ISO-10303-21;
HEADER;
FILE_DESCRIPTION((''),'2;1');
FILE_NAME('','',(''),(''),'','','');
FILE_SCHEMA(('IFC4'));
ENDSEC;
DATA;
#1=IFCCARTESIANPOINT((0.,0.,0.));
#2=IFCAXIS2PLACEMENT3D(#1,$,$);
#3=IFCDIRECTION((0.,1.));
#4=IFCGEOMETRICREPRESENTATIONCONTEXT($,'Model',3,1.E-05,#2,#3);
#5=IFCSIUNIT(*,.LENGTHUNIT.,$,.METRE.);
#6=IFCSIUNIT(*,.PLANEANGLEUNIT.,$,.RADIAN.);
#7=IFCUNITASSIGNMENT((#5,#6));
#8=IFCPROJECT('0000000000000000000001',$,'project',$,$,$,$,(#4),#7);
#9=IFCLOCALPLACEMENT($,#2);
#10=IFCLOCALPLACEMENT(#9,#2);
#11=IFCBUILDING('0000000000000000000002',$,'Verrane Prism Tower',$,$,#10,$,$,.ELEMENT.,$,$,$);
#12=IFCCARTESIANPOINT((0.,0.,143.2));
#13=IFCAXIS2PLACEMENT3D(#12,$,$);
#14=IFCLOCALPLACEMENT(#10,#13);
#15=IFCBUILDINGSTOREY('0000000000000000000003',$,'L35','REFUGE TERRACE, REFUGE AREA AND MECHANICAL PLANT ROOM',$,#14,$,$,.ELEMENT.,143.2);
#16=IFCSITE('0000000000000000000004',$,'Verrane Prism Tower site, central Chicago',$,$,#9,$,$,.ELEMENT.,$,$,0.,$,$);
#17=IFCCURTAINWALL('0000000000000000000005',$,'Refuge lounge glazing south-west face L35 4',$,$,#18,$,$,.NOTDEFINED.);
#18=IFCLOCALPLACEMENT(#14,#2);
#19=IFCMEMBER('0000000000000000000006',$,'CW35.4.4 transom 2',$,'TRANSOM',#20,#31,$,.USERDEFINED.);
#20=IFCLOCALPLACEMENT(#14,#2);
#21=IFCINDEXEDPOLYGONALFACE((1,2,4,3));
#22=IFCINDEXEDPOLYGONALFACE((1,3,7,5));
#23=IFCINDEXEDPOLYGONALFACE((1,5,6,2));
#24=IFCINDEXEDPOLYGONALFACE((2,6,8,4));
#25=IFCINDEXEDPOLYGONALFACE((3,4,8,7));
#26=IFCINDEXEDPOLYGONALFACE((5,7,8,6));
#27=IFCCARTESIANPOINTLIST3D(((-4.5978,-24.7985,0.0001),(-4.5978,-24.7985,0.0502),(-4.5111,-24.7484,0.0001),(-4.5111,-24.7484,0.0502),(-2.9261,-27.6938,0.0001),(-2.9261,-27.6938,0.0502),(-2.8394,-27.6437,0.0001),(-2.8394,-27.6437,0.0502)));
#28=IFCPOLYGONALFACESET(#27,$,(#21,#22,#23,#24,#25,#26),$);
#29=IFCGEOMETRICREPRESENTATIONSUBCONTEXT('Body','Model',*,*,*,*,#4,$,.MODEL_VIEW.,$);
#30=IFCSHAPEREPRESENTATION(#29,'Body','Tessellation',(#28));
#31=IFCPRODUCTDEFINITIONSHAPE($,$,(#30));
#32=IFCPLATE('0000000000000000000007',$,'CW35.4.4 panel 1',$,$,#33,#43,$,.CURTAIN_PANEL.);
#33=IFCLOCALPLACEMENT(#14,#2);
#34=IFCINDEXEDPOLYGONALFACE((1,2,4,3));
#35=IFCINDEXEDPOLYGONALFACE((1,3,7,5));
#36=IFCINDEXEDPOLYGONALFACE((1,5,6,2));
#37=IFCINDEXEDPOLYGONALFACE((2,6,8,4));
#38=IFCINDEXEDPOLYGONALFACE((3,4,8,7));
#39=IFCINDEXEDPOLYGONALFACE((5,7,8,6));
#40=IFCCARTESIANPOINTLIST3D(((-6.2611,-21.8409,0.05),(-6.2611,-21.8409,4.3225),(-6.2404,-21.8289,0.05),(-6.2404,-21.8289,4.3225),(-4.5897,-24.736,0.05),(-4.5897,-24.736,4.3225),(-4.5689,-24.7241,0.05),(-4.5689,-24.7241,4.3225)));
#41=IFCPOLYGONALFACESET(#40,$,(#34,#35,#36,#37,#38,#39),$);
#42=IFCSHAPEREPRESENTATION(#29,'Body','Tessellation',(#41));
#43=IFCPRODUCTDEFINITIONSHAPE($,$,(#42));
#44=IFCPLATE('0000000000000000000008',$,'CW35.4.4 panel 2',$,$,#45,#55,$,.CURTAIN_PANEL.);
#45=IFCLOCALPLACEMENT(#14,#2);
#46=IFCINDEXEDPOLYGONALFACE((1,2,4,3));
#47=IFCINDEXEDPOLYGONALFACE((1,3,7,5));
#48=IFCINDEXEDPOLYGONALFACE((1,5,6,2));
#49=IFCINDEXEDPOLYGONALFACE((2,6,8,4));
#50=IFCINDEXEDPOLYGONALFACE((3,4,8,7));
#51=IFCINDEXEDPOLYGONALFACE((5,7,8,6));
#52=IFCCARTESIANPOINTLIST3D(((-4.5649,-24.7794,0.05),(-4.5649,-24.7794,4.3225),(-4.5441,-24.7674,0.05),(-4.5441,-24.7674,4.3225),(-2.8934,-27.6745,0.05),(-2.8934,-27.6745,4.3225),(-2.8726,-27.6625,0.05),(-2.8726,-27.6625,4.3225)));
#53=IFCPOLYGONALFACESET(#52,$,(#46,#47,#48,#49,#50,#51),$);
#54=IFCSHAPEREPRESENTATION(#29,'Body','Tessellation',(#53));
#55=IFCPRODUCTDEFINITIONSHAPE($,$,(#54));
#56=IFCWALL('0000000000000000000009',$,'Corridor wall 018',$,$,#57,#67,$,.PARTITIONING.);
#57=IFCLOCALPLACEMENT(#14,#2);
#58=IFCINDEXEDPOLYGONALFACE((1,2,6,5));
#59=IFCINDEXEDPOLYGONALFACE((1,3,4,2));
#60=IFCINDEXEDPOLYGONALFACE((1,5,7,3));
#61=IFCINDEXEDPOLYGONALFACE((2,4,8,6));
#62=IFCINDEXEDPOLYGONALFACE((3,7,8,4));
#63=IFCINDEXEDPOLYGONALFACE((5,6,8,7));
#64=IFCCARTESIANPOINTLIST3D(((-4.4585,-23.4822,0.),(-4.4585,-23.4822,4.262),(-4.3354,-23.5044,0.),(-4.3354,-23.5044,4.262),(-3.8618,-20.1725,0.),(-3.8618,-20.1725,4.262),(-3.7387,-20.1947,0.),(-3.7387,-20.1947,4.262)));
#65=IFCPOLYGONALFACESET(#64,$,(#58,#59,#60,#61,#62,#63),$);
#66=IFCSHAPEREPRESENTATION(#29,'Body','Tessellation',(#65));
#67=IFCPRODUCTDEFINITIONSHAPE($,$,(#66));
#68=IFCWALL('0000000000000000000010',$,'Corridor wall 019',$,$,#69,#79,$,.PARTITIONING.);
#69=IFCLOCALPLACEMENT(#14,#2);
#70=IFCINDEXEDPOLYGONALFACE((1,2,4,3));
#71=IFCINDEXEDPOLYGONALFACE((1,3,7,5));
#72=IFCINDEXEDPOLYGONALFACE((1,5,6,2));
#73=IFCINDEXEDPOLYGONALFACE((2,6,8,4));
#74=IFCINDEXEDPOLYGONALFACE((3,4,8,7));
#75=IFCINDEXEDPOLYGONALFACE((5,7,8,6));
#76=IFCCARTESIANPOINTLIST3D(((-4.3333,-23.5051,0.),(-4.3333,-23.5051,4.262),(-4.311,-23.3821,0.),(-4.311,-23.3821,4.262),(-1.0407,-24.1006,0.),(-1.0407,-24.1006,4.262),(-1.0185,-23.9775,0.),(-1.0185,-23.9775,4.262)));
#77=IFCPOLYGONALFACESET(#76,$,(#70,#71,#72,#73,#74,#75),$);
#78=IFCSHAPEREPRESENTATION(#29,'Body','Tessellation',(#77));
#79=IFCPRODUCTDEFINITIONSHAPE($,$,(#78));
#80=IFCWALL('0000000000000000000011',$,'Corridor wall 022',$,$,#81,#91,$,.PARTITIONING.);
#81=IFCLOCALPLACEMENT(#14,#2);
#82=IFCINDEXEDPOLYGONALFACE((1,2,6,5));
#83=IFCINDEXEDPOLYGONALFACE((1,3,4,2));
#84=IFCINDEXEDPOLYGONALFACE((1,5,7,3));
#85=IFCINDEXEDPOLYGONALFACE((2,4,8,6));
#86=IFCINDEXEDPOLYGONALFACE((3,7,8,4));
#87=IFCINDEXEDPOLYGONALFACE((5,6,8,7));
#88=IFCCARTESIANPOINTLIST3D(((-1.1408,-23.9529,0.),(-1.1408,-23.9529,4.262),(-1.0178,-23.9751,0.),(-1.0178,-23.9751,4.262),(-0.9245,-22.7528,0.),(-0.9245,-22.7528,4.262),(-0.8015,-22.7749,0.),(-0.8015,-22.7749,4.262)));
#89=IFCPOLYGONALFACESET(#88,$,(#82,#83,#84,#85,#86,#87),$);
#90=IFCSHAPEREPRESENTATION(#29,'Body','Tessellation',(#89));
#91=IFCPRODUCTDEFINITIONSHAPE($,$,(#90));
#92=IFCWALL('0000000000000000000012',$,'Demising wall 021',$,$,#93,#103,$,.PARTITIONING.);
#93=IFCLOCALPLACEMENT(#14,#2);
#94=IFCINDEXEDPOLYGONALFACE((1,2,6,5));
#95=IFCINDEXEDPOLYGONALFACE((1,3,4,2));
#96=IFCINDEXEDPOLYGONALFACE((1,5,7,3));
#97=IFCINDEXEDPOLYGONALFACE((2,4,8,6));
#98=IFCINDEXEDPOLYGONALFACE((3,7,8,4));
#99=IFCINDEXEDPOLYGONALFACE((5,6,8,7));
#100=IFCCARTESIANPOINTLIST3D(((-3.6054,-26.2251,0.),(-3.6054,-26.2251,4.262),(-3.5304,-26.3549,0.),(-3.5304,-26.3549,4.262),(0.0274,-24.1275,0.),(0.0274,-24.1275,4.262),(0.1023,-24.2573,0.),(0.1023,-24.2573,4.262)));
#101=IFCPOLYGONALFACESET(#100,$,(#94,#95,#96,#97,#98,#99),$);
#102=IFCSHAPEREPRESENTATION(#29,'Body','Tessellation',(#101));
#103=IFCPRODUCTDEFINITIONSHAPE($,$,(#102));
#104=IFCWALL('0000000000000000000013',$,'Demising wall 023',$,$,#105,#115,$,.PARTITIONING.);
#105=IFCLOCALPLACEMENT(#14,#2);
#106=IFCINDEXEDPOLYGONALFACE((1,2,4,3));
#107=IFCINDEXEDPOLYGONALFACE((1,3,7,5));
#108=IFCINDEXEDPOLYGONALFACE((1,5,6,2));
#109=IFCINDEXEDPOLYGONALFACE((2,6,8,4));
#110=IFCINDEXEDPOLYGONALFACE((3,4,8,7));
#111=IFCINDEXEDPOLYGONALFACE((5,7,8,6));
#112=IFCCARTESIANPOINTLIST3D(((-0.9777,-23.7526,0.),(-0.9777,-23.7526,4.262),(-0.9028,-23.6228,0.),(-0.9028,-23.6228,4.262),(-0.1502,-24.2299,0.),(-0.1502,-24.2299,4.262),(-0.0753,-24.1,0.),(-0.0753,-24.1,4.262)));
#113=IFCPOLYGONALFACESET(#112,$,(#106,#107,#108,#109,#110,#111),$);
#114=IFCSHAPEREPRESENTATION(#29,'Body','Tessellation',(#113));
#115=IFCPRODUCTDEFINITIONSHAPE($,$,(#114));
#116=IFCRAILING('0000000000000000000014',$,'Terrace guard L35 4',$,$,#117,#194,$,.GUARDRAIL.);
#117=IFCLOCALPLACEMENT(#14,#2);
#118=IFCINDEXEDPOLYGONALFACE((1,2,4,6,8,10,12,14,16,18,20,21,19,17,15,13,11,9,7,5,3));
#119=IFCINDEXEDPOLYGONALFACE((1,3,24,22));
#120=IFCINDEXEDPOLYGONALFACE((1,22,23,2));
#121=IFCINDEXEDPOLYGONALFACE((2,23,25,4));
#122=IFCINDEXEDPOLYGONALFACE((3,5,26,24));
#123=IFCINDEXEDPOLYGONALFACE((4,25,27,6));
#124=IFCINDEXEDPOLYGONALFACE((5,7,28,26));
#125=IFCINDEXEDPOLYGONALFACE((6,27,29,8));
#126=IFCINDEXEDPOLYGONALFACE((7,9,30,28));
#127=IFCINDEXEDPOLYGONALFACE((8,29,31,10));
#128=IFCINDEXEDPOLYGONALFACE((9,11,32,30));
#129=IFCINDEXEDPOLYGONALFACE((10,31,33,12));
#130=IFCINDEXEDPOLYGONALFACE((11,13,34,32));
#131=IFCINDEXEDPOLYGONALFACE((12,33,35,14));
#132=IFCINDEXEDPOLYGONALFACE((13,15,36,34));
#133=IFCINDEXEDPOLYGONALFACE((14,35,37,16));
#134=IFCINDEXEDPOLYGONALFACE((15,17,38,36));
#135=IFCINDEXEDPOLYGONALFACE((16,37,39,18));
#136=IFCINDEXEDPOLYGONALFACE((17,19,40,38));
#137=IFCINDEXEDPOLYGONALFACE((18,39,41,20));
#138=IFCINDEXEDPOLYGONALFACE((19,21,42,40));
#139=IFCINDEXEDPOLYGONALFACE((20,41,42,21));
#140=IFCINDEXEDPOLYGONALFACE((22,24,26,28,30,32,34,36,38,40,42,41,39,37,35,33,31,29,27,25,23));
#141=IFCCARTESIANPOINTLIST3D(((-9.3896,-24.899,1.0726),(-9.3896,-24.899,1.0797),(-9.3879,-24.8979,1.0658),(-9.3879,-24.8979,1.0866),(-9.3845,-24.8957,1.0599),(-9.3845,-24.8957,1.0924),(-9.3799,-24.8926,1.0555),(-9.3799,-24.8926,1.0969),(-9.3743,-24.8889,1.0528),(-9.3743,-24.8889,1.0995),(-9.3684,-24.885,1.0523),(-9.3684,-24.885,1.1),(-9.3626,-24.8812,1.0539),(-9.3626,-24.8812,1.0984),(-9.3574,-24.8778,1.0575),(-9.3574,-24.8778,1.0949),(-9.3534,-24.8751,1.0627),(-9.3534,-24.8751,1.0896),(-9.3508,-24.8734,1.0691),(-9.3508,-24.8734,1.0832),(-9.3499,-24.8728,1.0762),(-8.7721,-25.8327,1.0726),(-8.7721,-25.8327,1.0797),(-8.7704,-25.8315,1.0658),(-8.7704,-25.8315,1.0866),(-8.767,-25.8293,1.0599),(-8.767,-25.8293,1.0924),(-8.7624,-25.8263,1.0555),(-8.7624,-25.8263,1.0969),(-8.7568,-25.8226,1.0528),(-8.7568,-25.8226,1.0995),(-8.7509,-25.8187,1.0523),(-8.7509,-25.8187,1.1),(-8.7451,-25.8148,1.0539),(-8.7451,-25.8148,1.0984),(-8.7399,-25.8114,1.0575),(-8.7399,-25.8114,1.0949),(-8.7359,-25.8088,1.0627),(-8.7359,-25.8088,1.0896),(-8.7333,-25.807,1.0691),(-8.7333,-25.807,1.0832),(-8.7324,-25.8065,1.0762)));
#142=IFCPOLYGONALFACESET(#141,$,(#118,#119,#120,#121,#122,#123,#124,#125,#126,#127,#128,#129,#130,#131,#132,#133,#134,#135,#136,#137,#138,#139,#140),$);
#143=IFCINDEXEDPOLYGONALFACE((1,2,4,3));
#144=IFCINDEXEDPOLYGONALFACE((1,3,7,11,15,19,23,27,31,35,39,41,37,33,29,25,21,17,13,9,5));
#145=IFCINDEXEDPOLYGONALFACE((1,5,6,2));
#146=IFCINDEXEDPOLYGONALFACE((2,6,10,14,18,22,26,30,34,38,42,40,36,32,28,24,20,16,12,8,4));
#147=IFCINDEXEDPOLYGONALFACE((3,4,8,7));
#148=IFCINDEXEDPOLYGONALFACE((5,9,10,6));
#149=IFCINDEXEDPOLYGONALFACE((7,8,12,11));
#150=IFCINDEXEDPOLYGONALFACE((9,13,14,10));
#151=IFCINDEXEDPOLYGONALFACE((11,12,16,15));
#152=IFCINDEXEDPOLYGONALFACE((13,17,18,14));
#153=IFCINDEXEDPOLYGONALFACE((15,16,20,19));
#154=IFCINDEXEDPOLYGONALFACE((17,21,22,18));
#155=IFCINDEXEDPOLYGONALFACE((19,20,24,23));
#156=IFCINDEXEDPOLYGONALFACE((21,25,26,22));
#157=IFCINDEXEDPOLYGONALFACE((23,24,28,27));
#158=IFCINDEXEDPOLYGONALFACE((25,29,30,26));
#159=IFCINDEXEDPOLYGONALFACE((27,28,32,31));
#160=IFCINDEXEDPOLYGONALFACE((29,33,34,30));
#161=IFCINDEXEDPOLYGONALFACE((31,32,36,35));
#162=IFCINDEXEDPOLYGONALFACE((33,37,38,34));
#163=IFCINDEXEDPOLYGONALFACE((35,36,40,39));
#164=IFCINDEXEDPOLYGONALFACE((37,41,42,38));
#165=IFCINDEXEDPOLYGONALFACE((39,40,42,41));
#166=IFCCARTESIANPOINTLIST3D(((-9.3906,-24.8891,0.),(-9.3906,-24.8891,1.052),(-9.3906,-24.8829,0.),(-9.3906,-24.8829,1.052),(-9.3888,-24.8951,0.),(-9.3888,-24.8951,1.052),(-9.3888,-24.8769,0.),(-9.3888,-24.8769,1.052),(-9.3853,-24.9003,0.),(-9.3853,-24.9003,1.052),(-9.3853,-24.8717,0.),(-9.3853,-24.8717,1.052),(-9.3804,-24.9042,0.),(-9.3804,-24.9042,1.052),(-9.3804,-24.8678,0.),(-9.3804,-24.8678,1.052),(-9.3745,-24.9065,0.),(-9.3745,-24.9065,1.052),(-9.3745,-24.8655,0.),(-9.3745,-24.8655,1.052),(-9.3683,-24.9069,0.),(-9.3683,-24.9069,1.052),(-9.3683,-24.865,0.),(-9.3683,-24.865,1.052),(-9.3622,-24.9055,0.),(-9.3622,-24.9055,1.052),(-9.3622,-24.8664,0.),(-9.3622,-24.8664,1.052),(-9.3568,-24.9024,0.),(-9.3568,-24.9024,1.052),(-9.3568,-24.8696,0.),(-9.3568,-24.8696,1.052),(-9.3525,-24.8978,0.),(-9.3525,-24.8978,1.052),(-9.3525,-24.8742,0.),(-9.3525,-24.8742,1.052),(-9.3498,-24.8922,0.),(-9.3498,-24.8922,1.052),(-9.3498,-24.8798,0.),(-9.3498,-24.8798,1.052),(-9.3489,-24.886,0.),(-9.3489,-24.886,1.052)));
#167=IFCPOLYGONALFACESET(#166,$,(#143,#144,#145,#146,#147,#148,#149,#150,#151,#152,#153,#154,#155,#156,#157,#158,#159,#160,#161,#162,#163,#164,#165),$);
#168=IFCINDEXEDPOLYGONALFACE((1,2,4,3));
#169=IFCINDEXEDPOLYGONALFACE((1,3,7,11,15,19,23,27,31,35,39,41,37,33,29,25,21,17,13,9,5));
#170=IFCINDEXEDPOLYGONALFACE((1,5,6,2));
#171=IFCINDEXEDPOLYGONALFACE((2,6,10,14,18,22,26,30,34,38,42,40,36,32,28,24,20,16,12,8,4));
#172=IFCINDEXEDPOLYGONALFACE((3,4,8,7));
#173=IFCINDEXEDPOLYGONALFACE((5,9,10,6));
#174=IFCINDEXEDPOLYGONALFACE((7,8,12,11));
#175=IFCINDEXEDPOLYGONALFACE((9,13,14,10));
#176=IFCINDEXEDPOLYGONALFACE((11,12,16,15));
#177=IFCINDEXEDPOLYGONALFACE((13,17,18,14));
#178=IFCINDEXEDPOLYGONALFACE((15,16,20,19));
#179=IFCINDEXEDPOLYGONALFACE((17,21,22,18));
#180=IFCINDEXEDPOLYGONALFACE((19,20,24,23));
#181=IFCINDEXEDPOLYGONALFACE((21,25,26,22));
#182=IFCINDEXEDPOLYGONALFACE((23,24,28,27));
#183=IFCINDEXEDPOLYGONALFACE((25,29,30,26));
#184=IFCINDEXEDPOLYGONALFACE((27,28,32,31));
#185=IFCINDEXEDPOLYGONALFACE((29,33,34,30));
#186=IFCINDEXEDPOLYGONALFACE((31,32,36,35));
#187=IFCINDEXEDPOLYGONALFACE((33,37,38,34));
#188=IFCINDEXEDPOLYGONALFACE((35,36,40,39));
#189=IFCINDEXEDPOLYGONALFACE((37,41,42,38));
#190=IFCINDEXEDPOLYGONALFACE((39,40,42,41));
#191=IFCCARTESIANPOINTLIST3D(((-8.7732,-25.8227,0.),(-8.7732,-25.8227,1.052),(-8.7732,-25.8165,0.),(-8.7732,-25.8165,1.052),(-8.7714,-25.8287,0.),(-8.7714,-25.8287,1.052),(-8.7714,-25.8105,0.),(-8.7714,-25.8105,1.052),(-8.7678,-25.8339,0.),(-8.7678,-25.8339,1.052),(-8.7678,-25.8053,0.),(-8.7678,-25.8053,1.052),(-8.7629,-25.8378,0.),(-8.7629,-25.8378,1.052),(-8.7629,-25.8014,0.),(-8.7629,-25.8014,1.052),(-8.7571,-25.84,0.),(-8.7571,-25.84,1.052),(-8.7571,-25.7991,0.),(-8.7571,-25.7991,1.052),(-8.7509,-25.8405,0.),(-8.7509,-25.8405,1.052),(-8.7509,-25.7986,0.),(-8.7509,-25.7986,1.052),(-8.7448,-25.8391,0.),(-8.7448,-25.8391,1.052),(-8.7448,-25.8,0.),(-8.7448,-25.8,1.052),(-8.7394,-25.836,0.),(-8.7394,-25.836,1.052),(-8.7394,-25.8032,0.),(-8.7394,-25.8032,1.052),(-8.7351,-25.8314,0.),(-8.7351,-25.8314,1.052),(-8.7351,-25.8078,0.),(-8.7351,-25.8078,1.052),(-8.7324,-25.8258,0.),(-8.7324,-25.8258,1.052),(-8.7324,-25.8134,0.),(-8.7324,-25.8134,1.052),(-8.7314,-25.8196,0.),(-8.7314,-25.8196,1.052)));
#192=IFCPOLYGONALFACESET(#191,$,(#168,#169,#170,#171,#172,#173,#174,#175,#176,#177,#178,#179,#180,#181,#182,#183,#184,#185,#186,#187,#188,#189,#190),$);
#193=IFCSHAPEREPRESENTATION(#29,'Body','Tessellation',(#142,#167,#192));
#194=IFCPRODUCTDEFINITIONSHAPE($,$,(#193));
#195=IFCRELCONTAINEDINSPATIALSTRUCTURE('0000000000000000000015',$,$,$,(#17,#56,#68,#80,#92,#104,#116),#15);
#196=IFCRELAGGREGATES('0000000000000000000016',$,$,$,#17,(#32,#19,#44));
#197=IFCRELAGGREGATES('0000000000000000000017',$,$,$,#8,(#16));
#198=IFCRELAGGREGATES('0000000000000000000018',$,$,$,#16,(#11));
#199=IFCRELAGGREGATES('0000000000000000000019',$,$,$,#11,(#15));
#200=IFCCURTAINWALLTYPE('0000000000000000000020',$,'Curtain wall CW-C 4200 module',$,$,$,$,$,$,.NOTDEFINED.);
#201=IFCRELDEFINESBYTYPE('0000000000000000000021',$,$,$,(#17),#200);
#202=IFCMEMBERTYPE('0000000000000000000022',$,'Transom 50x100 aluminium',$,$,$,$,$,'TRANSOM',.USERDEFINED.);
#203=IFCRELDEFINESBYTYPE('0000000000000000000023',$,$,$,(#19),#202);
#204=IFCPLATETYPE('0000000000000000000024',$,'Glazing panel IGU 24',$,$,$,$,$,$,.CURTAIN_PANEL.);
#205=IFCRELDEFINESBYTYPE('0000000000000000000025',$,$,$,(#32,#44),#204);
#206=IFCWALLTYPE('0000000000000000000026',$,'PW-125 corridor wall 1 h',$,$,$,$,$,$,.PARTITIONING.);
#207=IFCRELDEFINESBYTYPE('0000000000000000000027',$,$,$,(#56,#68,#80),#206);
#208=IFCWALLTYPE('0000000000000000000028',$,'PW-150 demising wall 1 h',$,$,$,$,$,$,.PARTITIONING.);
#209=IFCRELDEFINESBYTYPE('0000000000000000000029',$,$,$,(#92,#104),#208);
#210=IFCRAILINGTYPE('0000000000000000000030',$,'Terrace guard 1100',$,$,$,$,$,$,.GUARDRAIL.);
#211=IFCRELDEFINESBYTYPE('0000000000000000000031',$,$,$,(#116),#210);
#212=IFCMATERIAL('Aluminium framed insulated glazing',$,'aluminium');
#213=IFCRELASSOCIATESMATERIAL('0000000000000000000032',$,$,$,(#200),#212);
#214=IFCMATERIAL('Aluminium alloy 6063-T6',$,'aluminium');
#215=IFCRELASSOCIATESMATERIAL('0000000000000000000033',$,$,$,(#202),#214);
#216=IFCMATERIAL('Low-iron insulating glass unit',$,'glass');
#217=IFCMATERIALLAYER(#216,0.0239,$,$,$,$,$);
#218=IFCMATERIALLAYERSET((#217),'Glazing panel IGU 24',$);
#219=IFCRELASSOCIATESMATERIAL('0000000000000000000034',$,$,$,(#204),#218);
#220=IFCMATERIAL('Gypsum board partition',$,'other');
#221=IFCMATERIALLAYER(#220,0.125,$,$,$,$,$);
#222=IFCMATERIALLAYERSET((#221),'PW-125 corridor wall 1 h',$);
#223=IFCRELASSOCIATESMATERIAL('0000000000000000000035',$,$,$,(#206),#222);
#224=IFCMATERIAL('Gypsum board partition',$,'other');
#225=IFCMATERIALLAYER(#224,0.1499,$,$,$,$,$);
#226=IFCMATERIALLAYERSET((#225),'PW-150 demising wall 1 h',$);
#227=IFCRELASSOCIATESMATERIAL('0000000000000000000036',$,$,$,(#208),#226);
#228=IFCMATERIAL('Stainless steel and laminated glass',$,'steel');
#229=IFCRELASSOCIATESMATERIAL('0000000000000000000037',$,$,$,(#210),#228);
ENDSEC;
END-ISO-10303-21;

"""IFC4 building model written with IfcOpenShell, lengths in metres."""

from ifc_helpers import new_model, si_unit, direction, frame, frame_2d, origin, origin_2d, place, context, subcontext, project, spatial, rectangle, circle, extrude, material, layer, layer_set, material_profile, profile_set, type_object, element, aggregate, save


model = new_model("IFC4")

# Units and contexts
model_context = context("Model", 3, precision=1e-05, world=origin(), true_north=direction((0.0, 1.0)))
body_context = subcontext(model_context, "Body", "Model", "MODEL_VIEW")
ifc_project = project(units=[si_unit("LENGTHUNIT", "METRE"), si_unit("PLANEANGLEUNIT", "RADIAN")], contexts=[model_context])

# Site, building, storey
site_placement = place(None, origin())
site = spatial("IfcSite", under=ifc_project, at=site_placement, Name="Verrane Prism Tower site, central Chicago", CompositionType="ELEMENT", RefElevation=0.0)
building_placement = place(site_placement, origin())
building = spatial("IfcBuilding", under=site, at=building_placement, Name="Verrane Prism Tower", CompositionType="ELEMENT")
storey_placement = place(building_placement, frame((0.0, 0.0, 143.2)))
storey = spatial("IfcBuildingStorey", under=building, at=storey_placement, Name="L35", Description="REFUGE TERRACE, REFUGE AREA AND MECHANICAL PLANT ROOM", CompositionType="ELEMENT", Elevation=143.2)

# Curtain wall
ifc_material_1 = material(Name="Aluminium framed insulated glazing", Category="aluminium")
curtain_wall_type = type_object("IfcCurtainWallType", Name="Curtain wall CW-C 4200 module", PredefinedType="NOTDEFINED", material=ifc_material_1)
curtain_wall_placement = place(storey_placement, origin())
curtain_wall = element("IfcCurtainWall", 1, at=curtain_wall_placement, inside=storey, type_object=curtain_wall_type, Name="Refuge lounge glazing south-west face L35 4", PredefinedType="NOTDEFINED")

# Member
ifc_material_2 = material(Name="Aluminium alloy 6063-T6", Category="aluminium")
ifc_material_profile_1 = material_profile(ifc_material_2, rectangle(XDim=0.1001, YDim=0.05, at=origin_2d()), Name="Transom 50x100 aluminium")
ifc_profile_set_1 = profile_set([ifc_material_profile_1], Name="Aluminium alloy 6063-T6")
member_type_1 = type_object("IfcMemberType", Name="Transom 50x100 aluminium", ElementType="TRANSOM", PredefinedType="USERDEFINED", material=ifc_profile_set_1)
member_1_placement = place(storey_placement, frame((-4.5544, -24.7734, 0.0251), z_axis=(0.500011, -0.866019, 0.0), x_axis=(0.866019, 0.500011, 0.0)))
member_1 = element("IfcMember", 2, at=member_1_placement, type_object=member_type_1, Name="CW35.4.4 transom 2", ObjectType="TRANSOM", PredefinedType="USERDEFINED", context=body_context, shape_type="SweptSolid", body=[
    extrude(rectangle(XDim=0.1001, YDim=0.05, at=origin_2d()), origin(), (0.0, 0.0, 1.0), 3.3433),
])

# Plates
ifc_material_3 = material(Name="Low-iron insulating glass unit", Category="glass")
ifc_layer_1 = layer(ifc_material_3, 0.0239)
ifc_layer_set_1 = layer_set([ifc_layer_1], Name="Glazing panel IGU 24")
plate_type = type_object("IfcPlateType", Name="Glazing panel IGU 24", PredefinedType="CURTAIN_PANEL", material=ifc_layer_set_1)
plate_1_placement = place(storey_placement, frame((-5.415, -23.2825, 0.05), z_axis=(0.0, 0.0, 1.0), x_axis=(0.499997, -0.866027, 0.0)))
plate_1 = element("IfcPlate", 3, at=plate_1_placement, type_object=plate_type, Name="CW35.4.4 panel 1", PredefinedType="CURTAIN_PANEL", context=body_context, shape_type="SweptSolid", body=[
    extrude(rectangle(XDim=3.343, YDim=0.0239, at=origin_2d()), origin(), (0.0, 0.0, 1.0), 4.2725),
])
plate_2_placement = place(storey_placement, frame((-3.7188, -26.2209, 0.05), z_axis=(0.0, 0.0, 1.0), x_axis=(0.499997, -0.866027, 0.0)))
plate_2 = element("IfcPlate", 4, at=plate_2_placement, type_object=plate_type, Name="CW35.4.4 panel 2", PredefinedType="CURTAIN_PANEL", context=body_context, shape_type="SweptSolid", body=[
    extrude(rectangle(XDim=3.343, YDim=0.0239, at=origin_2d()), origin(), (0.0, 0.0, 1.0), 4.2725),
])
aggregate(curtain_wall, [plate_1, member_1, plate_2])

# Walls
ifc_material_4 = material(Name="Gypsum board partition", Category="other")
ifc_layer_2 = layer(ifc_material_4, 0.125)
ifc_layer_set_2 = layer_set([ifc_layer_2], Name="PW-125 corridor wall 1 h")
wall_type_1 = type_object("IfcWallType", Name="PW-125 corridor wall 1 h", PredefinedType="PARTITIONING", material=ifc_layer_set_2)
wall_1_placement = place(storey_placement, frame((-4.397, -23.4934, 0.0), z_axis=(0.0, 0.0, 1.0), x_axis=(0.177429, 0.984134, 0.0)))
element("IfcWall", 5, at=wall_1_placement, inside=storey, type_object=wall_type_1, Name="Corridor wall 018", PredefinedType="PARTITIONING", context=body_context, shape_type="SweptSolid", body=[
    extrude(rectangle(XDim=3.363, YDim=0.125, at=frame_2d((1.6816, 0.0))), origin(), (0.0, 0.0, 1.0), 4.262),
])
wall_2_placement = place(storey_placement, frame((-4.322, -23.4436, 0.0), z_axis=(0.0, 0.0, 1.0), x_axis=(0.984036, -0.177967, 0.0)))
element("IfcWall", 6, at=wall_2_placement, inside=storey, type_object=wall_type_1, Name="Corridor wall 019", PredefinedType="PARTITIONING", context=body_context, shape_type="SweptSolid", body=[
    extrude(rectangle(XDim=3.3459, YDim=0.125, at=frame_2d((1.6729, 0.0))), origin(), (0.0, 0.0, 1.0), 4.262),
])
wall_3_placement = place(storey_placement, frame((-1.0793, -23.9641, 0.0), z_axis=(0.0, 0.0, 1.0), x_axis=(0.17737, 0.984144, 0.0)))
element("IfcWall", 7, at=wall_3_placement, inside=storey, type_object=wall_type_1, Name="Corridor wall 022", PredefinedType="PARTITIONING", context=body_context, shape_type="SweptSolid", body=[
    extrude(rectangle(XDim=1.2195, YDim=0.125, at=frame_2d((0.6099, 0.0))), origin(), (0.0, 0.0, 1.0), 4.262),
])
ifc_material_5 = material(Name="Gypsum board partition", Category="other")
ifc_layer_3 = layer(ifc_material_5, 0.1499)
ifc_layer_set_3 = layer_set([ifc_layer_3], Name="PW-150 demising wall 1 h")
wall_type_2 = type_object("IfcWallType", Name="PW-150 demising wall 1 h", PredefinedType="PARTITIONING", material=ifc_layer_set_3)
wall_4_placement = place(storey_placement, frame((-3.5679, -26.29, 0.0), z_axis=(0.0, 0.0, 1.0), x_axis=(0.865999, 0.500045, 0.0)))
element("IfcWall", 8, at=wall_4_placement, inside=storey, type_object=wall_type_2, Name="Demising wall 021", PredefinedType="PARTITIONING", context=body_context, shape_type="SweptSolid", body=[
    extrude(rectangle(XDim=4.1948, YDim=0.1499, at=frame_2d((2.0974, 0.0))), origin(), (0.0, 0.0, 1.0), 4.262),
])
wall_5_placement = place(storey_placement, frame((-0.9402, -23.6877, 0.0), z_axis=(0.0, 0.0, 1.0), x_axis=(0.866271, -0.499575, 0.0)))
element("IfcWall", 9, at=wall_5_placement, inside=storey, type_object=wall_type_2, Name="Demising wall 023", PredefinedType="PARTITIONING", context=body_context, shape_type="SweptSolid", body=[
    extrude(rectangle(XDim=0.9553, YDim=0.1499, at=frame_2d((0.4775, 0.0))), origin(), (0.0, 0.0, 1.0), 4.262),
])

# Railing
ifc_material_6 = material(Name="Stainless steel and laminated glass", Category="steel")
railing_type = type_object("IfcRailingType", Name="Terrace guard 1100", PredefinedType="GUARDRAIL", material=ifc_material_6)
railing_placement = place(storey_placement, frame((-9.3699, -24.886, 0.0)))
element("IfcRailing", 10, at=railing_placement, inside=storey, type_object=railing_type, Name="Terrace guard L35 4", PredefinedType="GUARDRAIL", context=body_context, shape_type="SweptSolid", body=[
    extrude(circle(Radius=0.0239, at=origin_2d()), frame((0.0, 0.0, 1.0762), z_axis=(0.551626, -0.834092, 0.0), x_axis=(0.834092, 0.551626, 0.0)), (0.0, 0.0, 1.0), 1.1194),
    extrude(circle(Radius=0.021, at=origin_2d()), origin(), (0.0, 0.0, 1.0), 1.052),
    extrude(circle(Radius=0.021, at=origin_2d()), frame((0.6174, -0.9336, 0.0)), (0.0, 0.0, 1.0), 1.052),
])

save(model, "model.ifc")
